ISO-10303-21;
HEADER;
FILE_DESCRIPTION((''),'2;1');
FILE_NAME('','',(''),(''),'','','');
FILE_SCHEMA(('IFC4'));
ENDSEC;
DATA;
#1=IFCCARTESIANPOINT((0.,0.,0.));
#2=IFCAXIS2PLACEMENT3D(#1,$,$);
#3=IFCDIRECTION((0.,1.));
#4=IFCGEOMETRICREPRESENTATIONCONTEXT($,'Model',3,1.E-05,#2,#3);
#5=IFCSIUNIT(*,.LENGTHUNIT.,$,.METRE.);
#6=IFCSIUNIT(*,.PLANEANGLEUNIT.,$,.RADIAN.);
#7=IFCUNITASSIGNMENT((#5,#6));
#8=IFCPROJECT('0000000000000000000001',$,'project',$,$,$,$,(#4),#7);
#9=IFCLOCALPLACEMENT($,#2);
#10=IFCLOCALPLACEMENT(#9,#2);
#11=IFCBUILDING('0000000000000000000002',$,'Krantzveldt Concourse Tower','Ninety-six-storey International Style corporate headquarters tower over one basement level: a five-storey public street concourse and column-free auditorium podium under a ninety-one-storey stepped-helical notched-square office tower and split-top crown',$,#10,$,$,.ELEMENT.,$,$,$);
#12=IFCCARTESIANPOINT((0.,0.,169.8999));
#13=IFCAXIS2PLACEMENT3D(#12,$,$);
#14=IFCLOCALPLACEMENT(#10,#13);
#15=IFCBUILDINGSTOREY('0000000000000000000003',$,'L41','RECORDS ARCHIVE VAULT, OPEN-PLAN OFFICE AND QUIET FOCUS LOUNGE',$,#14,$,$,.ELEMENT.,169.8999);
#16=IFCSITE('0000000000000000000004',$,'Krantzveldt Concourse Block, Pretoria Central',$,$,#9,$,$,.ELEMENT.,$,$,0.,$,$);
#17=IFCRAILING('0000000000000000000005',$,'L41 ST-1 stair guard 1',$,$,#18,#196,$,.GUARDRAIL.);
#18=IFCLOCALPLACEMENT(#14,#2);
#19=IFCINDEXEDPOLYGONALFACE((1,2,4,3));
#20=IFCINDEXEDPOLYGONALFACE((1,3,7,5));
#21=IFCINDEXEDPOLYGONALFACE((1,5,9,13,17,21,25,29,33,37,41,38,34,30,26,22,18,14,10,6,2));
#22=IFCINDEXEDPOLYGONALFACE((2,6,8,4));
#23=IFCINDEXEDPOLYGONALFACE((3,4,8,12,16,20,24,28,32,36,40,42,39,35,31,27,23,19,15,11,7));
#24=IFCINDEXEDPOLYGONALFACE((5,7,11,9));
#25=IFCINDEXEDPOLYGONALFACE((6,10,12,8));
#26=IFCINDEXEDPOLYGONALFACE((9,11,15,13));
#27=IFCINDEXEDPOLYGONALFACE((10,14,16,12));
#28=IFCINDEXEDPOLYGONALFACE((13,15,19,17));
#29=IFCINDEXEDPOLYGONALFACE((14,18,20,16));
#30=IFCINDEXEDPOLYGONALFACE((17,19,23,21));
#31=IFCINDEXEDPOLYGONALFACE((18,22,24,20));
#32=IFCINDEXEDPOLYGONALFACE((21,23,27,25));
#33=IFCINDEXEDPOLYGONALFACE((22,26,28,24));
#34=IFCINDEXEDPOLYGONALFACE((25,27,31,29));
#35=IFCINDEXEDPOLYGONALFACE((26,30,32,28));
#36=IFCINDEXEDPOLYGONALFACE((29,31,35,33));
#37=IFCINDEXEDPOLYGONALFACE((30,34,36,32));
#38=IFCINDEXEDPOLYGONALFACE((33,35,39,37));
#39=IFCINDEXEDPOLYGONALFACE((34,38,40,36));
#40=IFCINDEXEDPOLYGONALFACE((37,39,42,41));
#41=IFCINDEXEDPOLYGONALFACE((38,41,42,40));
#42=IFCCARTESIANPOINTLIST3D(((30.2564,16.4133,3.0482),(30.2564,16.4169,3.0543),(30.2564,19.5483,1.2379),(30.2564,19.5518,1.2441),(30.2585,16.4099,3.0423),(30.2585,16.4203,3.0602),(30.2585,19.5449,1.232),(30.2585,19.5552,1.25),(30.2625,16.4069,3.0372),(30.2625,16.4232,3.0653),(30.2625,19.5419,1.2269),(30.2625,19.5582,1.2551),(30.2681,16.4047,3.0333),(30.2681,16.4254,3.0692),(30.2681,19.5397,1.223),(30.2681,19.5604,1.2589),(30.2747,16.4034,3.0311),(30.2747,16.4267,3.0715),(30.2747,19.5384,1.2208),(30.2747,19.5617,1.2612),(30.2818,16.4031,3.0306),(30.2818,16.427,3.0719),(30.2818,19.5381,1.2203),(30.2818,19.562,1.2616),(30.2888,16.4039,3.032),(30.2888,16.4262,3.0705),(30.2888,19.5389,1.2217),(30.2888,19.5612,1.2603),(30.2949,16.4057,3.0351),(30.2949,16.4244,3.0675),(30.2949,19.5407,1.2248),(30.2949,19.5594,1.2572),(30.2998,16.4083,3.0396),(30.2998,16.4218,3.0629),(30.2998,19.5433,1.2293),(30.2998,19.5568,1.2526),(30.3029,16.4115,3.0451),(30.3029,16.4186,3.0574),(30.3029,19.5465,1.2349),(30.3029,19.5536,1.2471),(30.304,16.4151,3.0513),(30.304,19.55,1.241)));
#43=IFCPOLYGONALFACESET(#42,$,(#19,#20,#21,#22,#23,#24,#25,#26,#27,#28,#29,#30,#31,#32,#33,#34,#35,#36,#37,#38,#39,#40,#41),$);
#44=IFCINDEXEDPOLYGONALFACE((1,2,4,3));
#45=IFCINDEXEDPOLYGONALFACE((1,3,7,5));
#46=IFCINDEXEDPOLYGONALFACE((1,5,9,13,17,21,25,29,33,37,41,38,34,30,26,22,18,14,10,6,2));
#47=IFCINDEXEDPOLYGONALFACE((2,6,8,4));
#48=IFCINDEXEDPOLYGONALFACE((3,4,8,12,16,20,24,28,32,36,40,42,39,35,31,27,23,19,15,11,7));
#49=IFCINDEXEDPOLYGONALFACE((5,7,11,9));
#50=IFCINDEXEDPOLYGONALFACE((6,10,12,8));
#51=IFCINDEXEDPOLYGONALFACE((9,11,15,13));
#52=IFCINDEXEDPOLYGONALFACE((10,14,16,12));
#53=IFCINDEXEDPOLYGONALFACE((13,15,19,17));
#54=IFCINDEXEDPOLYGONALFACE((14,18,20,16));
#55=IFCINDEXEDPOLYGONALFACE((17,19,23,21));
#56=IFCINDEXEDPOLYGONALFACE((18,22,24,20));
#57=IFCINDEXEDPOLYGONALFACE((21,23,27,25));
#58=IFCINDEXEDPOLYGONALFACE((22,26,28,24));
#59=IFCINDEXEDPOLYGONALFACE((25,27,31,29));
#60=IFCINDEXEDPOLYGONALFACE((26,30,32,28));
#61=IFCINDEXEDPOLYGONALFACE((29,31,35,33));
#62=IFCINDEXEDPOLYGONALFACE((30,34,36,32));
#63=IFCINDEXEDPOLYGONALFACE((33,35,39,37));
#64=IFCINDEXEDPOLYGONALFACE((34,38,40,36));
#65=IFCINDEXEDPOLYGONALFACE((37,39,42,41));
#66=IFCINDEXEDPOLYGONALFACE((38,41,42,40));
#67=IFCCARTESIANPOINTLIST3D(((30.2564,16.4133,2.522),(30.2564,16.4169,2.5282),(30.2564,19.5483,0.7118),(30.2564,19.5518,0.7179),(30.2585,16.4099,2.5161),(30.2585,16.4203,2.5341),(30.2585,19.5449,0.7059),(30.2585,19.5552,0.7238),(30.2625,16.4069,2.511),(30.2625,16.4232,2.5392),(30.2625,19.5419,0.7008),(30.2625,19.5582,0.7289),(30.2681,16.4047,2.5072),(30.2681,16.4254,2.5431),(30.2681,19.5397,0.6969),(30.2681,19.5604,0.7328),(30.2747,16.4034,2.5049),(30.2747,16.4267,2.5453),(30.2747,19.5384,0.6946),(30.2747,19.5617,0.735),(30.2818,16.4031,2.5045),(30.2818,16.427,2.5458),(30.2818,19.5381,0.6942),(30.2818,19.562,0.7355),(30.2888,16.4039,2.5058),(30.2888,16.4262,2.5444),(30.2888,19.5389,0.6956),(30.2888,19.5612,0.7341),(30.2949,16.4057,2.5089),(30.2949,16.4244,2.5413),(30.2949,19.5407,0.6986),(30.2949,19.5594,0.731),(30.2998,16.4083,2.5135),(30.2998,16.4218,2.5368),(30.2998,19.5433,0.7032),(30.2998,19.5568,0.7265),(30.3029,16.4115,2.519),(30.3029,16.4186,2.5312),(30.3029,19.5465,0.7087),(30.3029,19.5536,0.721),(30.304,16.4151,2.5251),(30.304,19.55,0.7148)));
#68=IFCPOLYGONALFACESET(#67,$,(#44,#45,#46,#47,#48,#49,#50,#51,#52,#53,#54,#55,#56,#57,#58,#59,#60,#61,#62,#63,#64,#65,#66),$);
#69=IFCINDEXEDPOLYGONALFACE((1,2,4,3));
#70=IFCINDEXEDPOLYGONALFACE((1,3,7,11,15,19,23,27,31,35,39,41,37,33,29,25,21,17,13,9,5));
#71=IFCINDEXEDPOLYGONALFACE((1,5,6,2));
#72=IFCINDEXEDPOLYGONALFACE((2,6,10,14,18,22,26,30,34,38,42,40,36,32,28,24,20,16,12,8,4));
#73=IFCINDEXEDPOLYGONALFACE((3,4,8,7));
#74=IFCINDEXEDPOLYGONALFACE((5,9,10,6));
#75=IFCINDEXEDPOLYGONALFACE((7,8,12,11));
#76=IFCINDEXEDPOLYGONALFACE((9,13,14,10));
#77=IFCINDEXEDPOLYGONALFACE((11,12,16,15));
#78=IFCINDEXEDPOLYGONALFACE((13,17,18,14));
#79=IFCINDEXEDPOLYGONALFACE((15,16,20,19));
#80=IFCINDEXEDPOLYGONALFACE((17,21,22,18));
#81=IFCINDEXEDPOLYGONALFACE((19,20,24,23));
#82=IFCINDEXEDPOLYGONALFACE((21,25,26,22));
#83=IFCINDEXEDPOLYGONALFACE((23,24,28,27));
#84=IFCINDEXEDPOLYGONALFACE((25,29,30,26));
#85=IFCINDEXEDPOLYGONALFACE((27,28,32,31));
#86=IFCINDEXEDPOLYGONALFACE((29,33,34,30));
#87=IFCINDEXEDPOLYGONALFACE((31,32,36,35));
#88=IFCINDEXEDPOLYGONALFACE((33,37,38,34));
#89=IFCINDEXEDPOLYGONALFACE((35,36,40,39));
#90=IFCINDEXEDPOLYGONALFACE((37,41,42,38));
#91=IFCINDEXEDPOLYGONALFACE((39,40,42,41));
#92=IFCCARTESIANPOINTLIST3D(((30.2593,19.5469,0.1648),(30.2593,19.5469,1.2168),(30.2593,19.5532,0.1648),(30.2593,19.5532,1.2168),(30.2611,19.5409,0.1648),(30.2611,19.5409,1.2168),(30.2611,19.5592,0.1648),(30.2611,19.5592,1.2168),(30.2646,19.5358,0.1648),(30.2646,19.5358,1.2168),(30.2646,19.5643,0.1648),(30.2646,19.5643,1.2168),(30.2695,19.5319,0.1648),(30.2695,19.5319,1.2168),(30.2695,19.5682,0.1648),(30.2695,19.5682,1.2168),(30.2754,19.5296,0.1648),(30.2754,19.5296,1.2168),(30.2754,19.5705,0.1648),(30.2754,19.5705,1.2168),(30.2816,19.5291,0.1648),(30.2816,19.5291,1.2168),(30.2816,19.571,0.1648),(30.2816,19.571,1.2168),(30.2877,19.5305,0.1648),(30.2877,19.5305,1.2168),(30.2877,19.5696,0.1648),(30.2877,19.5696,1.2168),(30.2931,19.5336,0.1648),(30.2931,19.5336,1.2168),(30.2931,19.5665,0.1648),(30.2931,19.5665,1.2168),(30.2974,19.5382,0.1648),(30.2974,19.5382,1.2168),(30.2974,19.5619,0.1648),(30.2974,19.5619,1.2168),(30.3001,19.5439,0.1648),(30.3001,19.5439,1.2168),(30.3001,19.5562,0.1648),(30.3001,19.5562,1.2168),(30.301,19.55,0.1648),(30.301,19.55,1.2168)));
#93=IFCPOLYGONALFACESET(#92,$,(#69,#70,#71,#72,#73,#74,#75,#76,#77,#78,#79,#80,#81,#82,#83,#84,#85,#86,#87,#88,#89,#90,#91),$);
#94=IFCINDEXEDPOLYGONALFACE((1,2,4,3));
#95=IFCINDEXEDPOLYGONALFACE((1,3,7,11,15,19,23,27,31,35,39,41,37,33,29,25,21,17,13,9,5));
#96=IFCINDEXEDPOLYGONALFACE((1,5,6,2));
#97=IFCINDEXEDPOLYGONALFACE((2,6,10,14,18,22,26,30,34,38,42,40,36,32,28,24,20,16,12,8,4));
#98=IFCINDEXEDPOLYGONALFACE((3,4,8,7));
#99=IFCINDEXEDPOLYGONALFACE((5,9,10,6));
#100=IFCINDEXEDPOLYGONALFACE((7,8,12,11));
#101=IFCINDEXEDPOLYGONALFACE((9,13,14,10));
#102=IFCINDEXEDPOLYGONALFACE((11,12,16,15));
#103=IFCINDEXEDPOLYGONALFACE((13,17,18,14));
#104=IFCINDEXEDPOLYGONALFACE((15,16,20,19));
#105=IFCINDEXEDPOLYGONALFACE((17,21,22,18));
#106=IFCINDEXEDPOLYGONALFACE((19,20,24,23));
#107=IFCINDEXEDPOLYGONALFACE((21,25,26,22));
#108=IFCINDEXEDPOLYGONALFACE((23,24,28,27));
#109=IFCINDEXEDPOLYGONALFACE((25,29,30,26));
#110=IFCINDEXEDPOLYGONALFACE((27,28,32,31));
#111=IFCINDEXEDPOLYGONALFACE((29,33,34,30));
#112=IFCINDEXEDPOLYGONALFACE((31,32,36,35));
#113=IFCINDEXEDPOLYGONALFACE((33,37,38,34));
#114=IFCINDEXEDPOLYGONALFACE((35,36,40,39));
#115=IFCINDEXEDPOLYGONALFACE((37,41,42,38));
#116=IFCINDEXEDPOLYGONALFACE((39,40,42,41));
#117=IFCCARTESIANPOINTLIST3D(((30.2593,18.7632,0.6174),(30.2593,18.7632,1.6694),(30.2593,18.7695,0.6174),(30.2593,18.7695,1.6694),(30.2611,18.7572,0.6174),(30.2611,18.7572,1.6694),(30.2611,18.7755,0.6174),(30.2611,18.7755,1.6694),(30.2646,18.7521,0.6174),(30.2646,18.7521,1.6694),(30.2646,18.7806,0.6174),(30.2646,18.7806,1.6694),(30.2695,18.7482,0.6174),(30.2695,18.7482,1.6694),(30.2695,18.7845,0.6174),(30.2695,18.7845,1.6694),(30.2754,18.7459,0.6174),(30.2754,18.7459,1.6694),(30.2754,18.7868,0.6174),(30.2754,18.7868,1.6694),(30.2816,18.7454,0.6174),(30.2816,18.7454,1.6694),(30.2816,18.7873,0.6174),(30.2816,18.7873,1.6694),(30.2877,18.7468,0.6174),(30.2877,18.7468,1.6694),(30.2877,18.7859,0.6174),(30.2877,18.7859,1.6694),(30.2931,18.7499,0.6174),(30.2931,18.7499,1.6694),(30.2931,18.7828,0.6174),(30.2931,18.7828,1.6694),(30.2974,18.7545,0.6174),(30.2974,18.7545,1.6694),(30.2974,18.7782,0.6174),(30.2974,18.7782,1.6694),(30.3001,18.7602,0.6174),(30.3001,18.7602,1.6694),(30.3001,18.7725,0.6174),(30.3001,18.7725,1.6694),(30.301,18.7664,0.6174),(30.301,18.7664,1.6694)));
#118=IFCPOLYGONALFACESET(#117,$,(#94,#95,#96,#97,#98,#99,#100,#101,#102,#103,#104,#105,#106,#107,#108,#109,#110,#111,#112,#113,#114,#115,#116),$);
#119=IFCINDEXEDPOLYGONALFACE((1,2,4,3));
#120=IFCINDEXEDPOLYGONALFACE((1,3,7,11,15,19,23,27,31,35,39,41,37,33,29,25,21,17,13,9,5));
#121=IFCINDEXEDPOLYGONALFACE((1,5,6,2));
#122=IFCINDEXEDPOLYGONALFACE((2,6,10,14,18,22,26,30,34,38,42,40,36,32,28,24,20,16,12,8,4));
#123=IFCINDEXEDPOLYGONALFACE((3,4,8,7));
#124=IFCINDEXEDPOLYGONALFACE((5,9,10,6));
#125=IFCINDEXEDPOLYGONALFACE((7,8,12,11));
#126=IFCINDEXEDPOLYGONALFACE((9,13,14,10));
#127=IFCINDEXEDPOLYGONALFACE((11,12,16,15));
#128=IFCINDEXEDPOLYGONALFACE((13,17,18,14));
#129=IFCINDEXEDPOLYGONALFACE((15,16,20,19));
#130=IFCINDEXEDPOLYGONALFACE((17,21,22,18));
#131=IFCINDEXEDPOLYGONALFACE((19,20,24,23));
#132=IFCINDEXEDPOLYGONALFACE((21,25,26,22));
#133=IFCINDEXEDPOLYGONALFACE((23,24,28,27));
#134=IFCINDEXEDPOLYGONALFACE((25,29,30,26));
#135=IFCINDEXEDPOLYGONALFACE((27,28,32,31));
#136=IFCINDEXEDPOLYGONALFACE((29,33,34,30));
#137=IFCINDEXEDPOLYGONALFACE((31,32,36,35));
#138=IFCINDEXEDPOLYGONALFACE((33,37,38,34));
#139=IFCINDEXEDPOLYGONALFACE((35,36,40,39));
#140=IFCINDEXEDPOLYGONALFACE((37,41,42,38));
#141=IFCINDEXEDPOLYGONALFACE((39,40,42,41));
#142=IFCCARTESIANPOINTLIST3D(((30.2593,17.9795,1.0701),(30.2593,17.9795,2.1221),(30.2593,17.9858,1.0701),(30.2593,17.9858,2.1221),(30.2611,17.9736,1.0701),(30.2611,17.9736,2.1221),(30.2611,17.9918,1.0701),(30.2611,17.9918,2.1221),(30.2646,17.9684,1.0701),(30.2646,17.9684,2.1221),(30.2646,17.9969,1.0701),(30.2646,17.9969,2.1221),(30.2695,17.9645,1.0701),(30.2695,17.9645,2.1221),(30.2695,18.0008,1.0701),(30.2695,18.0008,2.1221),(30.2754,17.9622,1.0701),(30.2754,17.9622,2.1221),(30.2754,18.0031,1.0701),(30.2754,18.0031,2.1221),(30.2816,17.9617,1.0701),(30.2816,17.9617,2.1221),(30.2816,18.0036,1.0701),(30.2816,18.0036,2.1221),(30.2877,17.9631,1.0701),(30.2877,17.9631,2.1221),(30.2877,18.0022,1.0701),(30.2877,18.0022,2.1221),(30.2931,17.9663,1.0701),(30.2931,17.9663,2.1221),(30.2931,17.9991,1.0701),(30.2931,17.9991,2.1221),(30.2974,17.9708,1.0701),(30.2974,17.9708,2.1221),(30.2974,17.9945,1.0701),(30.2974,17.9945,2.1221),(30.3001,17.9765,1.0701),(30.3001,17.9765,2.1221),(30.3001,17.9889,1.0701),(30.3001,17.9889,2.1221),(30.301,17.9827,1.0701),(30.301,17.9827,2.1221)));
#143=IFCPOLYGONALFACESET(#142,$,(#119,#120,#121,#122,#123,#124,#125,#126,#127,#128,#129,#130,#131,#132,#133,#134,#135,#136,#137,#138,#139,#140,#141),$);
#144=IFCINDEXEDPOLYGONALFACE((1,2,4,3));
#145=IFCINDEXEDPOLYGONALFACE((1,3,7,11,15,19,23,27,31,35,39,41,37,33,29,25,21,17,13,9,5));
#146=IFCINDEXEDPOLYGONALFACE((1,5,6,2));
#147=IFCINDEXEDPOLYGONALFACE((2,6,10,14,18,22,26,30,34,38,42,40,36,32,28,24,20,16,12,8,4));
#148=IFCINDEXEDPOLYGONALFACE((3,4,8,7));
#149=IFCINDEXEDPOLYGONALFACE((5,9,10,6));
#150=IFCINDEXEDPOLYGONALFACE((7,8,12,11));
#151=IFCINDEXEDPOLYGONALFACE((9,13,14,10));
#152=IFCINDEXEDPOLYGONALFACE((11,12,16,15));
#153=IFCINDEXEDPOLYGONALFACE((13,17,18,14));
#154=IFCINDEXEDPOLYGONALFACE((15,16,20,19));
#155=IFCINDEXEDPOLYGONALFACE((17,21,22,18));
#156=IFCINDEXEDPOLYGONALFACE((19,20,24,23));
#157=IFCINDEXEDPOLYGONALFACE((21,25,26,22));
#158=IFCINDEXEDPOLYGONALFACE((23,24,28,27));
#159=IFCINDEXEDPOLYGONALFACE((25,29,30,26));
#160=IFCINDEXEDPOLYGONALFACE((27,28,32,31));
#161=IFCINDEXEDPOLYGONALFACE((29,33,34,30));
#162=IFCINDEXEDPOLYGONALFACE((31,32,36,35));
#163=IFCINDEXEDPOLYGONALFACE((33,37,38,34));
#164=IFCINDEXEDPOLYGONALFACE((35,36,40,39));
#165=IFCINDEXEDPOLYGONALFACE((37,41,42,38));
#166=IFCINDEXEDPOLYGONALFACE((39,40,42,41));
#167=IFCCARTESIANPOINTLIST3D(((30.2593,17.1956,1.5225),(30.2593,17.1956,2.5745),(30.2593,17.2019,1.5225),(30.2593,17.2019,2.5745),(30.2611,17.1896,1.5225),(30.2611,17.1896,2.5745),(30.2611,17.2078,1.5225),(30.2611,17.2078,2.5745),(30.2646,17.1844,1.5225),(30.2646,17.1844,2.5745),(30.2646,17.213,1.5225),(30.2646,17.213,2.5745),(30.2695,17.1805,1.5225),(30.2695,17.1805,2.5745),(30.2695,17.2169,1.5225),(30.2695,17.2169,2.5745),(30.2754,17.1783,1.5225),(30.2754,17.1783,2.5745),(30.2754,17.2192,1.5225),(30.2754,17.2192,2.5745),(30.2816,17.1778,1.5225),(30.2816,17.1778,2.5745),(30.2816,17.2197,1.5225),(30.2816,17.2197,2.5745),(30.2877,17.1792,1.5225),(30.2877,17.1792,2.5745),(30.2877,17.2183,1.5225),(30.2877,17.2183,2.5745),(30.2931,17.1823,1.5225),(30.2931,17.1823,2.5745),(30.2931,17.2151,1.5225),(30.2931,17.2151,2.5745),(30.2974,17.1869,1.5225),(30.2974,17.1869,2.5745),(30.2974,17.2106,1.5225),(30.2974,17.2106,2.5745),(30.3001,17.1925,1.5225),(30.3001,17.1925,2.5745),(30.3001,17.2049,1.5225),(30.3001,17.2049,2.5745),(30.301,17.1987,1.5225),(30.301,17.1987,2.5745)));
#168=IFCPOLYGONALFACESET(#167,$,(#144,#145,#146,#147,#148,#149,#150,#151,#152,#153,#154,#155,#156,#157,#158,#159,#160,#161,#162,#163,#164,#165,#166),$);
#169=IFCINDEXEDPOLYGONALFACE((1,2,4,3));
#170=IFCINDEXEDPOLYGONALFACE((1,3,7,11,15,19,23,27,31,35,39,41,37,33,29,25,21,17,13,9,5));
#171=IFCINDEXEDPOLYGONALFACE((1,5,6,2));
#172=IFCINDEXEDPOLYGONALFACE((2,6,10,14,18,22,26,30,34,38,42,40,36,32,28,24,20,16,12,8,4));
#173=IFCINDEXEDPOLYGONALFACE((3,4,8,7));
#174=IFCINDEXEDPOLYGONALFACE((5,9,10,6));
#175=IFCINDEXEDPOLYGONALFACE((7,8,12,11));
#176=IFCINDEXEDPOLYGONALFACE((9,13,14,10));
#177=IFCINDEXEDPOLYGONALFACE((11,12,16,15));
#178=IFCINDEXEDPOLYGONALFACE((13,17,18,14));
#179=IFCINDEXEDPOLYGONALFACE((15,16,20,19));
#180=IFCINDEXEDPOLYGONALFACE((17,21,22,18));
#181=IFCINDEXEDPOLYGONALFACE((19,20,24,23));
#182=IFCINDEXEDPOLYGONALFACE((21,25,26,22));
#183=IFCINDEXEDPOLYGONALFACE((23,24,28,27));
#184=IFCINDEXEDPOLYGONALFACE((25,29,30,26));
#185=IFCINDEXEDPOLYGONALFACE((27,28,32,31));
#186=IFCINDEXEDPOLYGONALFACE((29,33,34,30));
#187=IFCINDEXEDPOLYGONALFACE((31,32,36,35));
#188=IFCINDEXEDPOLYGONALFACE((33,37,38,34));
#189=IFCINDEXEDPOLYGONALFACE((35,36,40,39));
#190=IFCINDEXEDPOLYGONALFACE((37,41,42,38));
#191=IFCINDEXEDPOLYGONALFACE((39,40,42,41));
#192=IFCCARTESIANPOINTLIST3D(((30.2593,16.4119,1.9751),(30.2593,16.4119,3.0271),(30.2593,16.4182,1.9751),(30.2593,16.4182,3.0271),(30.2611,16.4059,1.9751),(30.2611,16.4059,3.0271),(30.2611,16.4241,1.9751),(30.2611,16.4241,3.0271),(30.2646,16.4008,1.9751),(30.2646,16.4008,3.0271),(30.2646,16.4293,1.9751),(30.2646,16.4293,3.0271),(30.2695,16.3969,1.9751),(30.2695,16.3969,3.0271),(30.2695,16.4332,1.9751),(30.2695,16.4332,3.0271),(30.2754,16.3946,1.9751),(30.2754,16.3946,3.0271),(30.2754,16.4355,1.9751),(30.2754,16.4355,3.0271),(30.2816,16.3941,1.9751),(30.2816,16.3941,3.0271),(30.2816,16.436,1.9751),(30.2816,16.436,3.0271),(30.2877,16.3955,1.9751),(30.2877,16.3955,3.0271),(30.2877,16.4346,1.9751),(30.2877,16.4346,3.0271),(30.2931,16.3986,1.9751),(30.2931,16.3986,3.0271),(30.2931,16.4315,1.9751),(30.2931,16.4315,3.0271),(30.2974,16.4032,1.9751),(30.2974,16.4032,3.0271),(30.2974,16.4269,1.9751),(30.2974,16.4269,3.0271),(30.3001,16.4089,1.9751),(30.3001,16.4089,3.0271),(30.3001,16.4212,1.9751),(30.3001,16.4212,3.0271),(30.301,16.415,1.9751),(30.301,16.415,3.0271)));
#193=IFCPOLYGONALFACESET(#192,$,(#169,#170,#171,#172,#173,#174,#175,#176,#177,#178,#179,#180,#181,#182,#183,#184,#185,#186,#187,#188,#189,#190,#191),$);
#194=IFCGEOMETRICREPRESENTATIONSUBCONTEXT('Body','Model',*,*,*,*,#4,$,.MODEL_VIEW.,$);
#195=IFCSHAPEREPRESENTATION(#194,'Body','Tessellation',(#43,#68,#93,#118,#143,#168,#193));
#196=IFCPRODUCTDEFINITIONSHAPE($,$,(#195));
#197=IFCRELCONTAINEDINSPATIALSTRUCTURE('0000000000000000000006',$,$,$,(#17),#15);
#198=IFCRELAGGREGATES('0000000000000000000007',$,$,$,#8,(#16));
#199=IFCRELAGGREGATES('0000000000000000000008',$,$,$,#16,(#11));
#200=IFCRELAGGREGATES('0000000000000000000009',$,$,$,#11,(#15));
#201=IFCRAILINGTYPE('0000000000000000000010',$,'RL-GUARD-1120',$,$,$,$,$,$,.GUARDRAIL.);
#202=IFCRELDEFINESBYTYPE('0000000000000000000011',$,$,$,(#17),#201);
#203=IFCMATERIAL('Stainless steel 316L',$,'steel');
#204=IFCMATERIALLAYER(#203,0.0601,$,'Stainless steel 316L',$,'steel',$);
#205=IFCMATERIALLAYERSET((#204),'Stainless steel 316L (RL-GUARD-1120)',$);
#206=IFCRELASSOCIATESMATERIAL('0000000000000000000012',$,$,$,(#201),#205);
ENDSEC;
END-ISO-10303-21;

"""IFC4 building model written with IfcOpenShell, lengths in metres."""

from ifc_helpers import new_model, si_unit, direction, frame, origin, origin_2d, place, context, subcontext, project, spatial, circle, extrude, material, layer, layer_set, type_object, element, save


model = new_model("IFC4")

# Units and contexts
model_context = context("Model", 3, precision=1e-05, world=origin(), true_north=direction((0.0, 1.0)))
body_context = subcontext(model_context, "Body", "Model", "MODEL_VIEW")
ifc_project = project(units=[si_unit("LENGTHUNIT", "METRE"), si_unit("PLANEANGLEUNIT", "RADIAN")], contexts=[model_context])

# Site, building, storey
site_placement = place(None, origin())
site = spatial("IfcSite", under=ifc_project, at=site_placement, Name="Krantzveldt Concourse Block, Pretoria Central", CompositionType="ELEMENT", RefElevation=0.0)
building_placement = place(site_placement, origin())
building = spatial("IfcBuilding", under=site, at=building_placement, Name="Krantzveldt Concourse Tower", Description="Ninety-six-storey International Style corporate headquarters tower over one basement level: a five-storey public street concourse and column-free auditorium podium under a ninety-one-storey stepped-helical notched-square office tower and split-top crown", CompositionType="ELEMENT")
storey_placement = place(building_placement, frame((0.0, 0.0, 169.8999)))
storey = spatial("IfcBuildingStorey", under=building, at=storey_placement, Name="L41", Description="RECORDS ARCHIVE VAULT, OPEN-PLAN OFFICE AND QUIET FOCUS LOUNGE", CompositionType="ELEMENT", Elevation=169.8999)

# Railing
ifc_material_1 = material(Name="Stainless steel 316L", Category="steel")
ifc_layer_1 = layer(ifc_material_1, 0.0601, Name="Stainless steel 316L", Category="steel")
ifc_layer_set_1 = layer_set([ifc_layer_1], Name="Stainless steel 316L (RL-GUARD-1120)")
railing_type_1 = type_object("IfcRailingType", Name="RL-GUARD-1120", PredefinedType="GUARDRAIL", material=ifc_layer_set_1)
railing_1_placement = place(storey_placement, frame((30.28, 19.55, 0.1648)))
element("IfcRailing", 1, at=railing_1_placement, inside=storey, type_object=railing_type_1, Name="L41 ST-1 stair guard 1", PredefinedType="GUARDRAIL", context=body_context, shape_type="SweptSolid", body=[
    extrude(circle(Radius=0.0239, at=origin_2d()), frame((0.0, 0.0, 1.0762), z_axis=(0.0, -0.865989, 0.500063), x_axis=(1.0, 0.0, 0.0)), (0.0, 0.0, 1.0), 3.6201),
    extrude(circle(Radius=0.0239, at=origin_2d()), frame((0.0, 0.0, 0.55), z_axis=(0.0, -0.865989, 0.500063), x_axis=(1.0, 0.0, 0.0)), (0.0, 0.0, 1.0), 3.6201),
    extrude(circle(Radius=0.021, at=origin_2d()), origin(), (0.0, 0.0, 1.0), 1.052),
    extrude(circle(Radius=0.021, at=origin_2d()), frame((0.0, -0.7837, 0.4526)), (0.0, 0.0, 1.0), 1.052),
    extrude(circle(Radius=0.021, at=origin_2d()), frame((0.0, -1.5674, 0.9053)), (0.0, 0.0, 1.0), 1.052),
    extrude(circle(Radius=0.021, at=origin_2d()), frame((0.0, -2.3513, 1.3577)), (0.0, 0.0, 1.0), 1.052),
    extrude(circle(Radius=0.021, at=origin_2d()), frame((0.0, -3.135, 1.8103)), (0.0, 0.0, 1.0), 1.052),
])

save(model, "model.ifc")
